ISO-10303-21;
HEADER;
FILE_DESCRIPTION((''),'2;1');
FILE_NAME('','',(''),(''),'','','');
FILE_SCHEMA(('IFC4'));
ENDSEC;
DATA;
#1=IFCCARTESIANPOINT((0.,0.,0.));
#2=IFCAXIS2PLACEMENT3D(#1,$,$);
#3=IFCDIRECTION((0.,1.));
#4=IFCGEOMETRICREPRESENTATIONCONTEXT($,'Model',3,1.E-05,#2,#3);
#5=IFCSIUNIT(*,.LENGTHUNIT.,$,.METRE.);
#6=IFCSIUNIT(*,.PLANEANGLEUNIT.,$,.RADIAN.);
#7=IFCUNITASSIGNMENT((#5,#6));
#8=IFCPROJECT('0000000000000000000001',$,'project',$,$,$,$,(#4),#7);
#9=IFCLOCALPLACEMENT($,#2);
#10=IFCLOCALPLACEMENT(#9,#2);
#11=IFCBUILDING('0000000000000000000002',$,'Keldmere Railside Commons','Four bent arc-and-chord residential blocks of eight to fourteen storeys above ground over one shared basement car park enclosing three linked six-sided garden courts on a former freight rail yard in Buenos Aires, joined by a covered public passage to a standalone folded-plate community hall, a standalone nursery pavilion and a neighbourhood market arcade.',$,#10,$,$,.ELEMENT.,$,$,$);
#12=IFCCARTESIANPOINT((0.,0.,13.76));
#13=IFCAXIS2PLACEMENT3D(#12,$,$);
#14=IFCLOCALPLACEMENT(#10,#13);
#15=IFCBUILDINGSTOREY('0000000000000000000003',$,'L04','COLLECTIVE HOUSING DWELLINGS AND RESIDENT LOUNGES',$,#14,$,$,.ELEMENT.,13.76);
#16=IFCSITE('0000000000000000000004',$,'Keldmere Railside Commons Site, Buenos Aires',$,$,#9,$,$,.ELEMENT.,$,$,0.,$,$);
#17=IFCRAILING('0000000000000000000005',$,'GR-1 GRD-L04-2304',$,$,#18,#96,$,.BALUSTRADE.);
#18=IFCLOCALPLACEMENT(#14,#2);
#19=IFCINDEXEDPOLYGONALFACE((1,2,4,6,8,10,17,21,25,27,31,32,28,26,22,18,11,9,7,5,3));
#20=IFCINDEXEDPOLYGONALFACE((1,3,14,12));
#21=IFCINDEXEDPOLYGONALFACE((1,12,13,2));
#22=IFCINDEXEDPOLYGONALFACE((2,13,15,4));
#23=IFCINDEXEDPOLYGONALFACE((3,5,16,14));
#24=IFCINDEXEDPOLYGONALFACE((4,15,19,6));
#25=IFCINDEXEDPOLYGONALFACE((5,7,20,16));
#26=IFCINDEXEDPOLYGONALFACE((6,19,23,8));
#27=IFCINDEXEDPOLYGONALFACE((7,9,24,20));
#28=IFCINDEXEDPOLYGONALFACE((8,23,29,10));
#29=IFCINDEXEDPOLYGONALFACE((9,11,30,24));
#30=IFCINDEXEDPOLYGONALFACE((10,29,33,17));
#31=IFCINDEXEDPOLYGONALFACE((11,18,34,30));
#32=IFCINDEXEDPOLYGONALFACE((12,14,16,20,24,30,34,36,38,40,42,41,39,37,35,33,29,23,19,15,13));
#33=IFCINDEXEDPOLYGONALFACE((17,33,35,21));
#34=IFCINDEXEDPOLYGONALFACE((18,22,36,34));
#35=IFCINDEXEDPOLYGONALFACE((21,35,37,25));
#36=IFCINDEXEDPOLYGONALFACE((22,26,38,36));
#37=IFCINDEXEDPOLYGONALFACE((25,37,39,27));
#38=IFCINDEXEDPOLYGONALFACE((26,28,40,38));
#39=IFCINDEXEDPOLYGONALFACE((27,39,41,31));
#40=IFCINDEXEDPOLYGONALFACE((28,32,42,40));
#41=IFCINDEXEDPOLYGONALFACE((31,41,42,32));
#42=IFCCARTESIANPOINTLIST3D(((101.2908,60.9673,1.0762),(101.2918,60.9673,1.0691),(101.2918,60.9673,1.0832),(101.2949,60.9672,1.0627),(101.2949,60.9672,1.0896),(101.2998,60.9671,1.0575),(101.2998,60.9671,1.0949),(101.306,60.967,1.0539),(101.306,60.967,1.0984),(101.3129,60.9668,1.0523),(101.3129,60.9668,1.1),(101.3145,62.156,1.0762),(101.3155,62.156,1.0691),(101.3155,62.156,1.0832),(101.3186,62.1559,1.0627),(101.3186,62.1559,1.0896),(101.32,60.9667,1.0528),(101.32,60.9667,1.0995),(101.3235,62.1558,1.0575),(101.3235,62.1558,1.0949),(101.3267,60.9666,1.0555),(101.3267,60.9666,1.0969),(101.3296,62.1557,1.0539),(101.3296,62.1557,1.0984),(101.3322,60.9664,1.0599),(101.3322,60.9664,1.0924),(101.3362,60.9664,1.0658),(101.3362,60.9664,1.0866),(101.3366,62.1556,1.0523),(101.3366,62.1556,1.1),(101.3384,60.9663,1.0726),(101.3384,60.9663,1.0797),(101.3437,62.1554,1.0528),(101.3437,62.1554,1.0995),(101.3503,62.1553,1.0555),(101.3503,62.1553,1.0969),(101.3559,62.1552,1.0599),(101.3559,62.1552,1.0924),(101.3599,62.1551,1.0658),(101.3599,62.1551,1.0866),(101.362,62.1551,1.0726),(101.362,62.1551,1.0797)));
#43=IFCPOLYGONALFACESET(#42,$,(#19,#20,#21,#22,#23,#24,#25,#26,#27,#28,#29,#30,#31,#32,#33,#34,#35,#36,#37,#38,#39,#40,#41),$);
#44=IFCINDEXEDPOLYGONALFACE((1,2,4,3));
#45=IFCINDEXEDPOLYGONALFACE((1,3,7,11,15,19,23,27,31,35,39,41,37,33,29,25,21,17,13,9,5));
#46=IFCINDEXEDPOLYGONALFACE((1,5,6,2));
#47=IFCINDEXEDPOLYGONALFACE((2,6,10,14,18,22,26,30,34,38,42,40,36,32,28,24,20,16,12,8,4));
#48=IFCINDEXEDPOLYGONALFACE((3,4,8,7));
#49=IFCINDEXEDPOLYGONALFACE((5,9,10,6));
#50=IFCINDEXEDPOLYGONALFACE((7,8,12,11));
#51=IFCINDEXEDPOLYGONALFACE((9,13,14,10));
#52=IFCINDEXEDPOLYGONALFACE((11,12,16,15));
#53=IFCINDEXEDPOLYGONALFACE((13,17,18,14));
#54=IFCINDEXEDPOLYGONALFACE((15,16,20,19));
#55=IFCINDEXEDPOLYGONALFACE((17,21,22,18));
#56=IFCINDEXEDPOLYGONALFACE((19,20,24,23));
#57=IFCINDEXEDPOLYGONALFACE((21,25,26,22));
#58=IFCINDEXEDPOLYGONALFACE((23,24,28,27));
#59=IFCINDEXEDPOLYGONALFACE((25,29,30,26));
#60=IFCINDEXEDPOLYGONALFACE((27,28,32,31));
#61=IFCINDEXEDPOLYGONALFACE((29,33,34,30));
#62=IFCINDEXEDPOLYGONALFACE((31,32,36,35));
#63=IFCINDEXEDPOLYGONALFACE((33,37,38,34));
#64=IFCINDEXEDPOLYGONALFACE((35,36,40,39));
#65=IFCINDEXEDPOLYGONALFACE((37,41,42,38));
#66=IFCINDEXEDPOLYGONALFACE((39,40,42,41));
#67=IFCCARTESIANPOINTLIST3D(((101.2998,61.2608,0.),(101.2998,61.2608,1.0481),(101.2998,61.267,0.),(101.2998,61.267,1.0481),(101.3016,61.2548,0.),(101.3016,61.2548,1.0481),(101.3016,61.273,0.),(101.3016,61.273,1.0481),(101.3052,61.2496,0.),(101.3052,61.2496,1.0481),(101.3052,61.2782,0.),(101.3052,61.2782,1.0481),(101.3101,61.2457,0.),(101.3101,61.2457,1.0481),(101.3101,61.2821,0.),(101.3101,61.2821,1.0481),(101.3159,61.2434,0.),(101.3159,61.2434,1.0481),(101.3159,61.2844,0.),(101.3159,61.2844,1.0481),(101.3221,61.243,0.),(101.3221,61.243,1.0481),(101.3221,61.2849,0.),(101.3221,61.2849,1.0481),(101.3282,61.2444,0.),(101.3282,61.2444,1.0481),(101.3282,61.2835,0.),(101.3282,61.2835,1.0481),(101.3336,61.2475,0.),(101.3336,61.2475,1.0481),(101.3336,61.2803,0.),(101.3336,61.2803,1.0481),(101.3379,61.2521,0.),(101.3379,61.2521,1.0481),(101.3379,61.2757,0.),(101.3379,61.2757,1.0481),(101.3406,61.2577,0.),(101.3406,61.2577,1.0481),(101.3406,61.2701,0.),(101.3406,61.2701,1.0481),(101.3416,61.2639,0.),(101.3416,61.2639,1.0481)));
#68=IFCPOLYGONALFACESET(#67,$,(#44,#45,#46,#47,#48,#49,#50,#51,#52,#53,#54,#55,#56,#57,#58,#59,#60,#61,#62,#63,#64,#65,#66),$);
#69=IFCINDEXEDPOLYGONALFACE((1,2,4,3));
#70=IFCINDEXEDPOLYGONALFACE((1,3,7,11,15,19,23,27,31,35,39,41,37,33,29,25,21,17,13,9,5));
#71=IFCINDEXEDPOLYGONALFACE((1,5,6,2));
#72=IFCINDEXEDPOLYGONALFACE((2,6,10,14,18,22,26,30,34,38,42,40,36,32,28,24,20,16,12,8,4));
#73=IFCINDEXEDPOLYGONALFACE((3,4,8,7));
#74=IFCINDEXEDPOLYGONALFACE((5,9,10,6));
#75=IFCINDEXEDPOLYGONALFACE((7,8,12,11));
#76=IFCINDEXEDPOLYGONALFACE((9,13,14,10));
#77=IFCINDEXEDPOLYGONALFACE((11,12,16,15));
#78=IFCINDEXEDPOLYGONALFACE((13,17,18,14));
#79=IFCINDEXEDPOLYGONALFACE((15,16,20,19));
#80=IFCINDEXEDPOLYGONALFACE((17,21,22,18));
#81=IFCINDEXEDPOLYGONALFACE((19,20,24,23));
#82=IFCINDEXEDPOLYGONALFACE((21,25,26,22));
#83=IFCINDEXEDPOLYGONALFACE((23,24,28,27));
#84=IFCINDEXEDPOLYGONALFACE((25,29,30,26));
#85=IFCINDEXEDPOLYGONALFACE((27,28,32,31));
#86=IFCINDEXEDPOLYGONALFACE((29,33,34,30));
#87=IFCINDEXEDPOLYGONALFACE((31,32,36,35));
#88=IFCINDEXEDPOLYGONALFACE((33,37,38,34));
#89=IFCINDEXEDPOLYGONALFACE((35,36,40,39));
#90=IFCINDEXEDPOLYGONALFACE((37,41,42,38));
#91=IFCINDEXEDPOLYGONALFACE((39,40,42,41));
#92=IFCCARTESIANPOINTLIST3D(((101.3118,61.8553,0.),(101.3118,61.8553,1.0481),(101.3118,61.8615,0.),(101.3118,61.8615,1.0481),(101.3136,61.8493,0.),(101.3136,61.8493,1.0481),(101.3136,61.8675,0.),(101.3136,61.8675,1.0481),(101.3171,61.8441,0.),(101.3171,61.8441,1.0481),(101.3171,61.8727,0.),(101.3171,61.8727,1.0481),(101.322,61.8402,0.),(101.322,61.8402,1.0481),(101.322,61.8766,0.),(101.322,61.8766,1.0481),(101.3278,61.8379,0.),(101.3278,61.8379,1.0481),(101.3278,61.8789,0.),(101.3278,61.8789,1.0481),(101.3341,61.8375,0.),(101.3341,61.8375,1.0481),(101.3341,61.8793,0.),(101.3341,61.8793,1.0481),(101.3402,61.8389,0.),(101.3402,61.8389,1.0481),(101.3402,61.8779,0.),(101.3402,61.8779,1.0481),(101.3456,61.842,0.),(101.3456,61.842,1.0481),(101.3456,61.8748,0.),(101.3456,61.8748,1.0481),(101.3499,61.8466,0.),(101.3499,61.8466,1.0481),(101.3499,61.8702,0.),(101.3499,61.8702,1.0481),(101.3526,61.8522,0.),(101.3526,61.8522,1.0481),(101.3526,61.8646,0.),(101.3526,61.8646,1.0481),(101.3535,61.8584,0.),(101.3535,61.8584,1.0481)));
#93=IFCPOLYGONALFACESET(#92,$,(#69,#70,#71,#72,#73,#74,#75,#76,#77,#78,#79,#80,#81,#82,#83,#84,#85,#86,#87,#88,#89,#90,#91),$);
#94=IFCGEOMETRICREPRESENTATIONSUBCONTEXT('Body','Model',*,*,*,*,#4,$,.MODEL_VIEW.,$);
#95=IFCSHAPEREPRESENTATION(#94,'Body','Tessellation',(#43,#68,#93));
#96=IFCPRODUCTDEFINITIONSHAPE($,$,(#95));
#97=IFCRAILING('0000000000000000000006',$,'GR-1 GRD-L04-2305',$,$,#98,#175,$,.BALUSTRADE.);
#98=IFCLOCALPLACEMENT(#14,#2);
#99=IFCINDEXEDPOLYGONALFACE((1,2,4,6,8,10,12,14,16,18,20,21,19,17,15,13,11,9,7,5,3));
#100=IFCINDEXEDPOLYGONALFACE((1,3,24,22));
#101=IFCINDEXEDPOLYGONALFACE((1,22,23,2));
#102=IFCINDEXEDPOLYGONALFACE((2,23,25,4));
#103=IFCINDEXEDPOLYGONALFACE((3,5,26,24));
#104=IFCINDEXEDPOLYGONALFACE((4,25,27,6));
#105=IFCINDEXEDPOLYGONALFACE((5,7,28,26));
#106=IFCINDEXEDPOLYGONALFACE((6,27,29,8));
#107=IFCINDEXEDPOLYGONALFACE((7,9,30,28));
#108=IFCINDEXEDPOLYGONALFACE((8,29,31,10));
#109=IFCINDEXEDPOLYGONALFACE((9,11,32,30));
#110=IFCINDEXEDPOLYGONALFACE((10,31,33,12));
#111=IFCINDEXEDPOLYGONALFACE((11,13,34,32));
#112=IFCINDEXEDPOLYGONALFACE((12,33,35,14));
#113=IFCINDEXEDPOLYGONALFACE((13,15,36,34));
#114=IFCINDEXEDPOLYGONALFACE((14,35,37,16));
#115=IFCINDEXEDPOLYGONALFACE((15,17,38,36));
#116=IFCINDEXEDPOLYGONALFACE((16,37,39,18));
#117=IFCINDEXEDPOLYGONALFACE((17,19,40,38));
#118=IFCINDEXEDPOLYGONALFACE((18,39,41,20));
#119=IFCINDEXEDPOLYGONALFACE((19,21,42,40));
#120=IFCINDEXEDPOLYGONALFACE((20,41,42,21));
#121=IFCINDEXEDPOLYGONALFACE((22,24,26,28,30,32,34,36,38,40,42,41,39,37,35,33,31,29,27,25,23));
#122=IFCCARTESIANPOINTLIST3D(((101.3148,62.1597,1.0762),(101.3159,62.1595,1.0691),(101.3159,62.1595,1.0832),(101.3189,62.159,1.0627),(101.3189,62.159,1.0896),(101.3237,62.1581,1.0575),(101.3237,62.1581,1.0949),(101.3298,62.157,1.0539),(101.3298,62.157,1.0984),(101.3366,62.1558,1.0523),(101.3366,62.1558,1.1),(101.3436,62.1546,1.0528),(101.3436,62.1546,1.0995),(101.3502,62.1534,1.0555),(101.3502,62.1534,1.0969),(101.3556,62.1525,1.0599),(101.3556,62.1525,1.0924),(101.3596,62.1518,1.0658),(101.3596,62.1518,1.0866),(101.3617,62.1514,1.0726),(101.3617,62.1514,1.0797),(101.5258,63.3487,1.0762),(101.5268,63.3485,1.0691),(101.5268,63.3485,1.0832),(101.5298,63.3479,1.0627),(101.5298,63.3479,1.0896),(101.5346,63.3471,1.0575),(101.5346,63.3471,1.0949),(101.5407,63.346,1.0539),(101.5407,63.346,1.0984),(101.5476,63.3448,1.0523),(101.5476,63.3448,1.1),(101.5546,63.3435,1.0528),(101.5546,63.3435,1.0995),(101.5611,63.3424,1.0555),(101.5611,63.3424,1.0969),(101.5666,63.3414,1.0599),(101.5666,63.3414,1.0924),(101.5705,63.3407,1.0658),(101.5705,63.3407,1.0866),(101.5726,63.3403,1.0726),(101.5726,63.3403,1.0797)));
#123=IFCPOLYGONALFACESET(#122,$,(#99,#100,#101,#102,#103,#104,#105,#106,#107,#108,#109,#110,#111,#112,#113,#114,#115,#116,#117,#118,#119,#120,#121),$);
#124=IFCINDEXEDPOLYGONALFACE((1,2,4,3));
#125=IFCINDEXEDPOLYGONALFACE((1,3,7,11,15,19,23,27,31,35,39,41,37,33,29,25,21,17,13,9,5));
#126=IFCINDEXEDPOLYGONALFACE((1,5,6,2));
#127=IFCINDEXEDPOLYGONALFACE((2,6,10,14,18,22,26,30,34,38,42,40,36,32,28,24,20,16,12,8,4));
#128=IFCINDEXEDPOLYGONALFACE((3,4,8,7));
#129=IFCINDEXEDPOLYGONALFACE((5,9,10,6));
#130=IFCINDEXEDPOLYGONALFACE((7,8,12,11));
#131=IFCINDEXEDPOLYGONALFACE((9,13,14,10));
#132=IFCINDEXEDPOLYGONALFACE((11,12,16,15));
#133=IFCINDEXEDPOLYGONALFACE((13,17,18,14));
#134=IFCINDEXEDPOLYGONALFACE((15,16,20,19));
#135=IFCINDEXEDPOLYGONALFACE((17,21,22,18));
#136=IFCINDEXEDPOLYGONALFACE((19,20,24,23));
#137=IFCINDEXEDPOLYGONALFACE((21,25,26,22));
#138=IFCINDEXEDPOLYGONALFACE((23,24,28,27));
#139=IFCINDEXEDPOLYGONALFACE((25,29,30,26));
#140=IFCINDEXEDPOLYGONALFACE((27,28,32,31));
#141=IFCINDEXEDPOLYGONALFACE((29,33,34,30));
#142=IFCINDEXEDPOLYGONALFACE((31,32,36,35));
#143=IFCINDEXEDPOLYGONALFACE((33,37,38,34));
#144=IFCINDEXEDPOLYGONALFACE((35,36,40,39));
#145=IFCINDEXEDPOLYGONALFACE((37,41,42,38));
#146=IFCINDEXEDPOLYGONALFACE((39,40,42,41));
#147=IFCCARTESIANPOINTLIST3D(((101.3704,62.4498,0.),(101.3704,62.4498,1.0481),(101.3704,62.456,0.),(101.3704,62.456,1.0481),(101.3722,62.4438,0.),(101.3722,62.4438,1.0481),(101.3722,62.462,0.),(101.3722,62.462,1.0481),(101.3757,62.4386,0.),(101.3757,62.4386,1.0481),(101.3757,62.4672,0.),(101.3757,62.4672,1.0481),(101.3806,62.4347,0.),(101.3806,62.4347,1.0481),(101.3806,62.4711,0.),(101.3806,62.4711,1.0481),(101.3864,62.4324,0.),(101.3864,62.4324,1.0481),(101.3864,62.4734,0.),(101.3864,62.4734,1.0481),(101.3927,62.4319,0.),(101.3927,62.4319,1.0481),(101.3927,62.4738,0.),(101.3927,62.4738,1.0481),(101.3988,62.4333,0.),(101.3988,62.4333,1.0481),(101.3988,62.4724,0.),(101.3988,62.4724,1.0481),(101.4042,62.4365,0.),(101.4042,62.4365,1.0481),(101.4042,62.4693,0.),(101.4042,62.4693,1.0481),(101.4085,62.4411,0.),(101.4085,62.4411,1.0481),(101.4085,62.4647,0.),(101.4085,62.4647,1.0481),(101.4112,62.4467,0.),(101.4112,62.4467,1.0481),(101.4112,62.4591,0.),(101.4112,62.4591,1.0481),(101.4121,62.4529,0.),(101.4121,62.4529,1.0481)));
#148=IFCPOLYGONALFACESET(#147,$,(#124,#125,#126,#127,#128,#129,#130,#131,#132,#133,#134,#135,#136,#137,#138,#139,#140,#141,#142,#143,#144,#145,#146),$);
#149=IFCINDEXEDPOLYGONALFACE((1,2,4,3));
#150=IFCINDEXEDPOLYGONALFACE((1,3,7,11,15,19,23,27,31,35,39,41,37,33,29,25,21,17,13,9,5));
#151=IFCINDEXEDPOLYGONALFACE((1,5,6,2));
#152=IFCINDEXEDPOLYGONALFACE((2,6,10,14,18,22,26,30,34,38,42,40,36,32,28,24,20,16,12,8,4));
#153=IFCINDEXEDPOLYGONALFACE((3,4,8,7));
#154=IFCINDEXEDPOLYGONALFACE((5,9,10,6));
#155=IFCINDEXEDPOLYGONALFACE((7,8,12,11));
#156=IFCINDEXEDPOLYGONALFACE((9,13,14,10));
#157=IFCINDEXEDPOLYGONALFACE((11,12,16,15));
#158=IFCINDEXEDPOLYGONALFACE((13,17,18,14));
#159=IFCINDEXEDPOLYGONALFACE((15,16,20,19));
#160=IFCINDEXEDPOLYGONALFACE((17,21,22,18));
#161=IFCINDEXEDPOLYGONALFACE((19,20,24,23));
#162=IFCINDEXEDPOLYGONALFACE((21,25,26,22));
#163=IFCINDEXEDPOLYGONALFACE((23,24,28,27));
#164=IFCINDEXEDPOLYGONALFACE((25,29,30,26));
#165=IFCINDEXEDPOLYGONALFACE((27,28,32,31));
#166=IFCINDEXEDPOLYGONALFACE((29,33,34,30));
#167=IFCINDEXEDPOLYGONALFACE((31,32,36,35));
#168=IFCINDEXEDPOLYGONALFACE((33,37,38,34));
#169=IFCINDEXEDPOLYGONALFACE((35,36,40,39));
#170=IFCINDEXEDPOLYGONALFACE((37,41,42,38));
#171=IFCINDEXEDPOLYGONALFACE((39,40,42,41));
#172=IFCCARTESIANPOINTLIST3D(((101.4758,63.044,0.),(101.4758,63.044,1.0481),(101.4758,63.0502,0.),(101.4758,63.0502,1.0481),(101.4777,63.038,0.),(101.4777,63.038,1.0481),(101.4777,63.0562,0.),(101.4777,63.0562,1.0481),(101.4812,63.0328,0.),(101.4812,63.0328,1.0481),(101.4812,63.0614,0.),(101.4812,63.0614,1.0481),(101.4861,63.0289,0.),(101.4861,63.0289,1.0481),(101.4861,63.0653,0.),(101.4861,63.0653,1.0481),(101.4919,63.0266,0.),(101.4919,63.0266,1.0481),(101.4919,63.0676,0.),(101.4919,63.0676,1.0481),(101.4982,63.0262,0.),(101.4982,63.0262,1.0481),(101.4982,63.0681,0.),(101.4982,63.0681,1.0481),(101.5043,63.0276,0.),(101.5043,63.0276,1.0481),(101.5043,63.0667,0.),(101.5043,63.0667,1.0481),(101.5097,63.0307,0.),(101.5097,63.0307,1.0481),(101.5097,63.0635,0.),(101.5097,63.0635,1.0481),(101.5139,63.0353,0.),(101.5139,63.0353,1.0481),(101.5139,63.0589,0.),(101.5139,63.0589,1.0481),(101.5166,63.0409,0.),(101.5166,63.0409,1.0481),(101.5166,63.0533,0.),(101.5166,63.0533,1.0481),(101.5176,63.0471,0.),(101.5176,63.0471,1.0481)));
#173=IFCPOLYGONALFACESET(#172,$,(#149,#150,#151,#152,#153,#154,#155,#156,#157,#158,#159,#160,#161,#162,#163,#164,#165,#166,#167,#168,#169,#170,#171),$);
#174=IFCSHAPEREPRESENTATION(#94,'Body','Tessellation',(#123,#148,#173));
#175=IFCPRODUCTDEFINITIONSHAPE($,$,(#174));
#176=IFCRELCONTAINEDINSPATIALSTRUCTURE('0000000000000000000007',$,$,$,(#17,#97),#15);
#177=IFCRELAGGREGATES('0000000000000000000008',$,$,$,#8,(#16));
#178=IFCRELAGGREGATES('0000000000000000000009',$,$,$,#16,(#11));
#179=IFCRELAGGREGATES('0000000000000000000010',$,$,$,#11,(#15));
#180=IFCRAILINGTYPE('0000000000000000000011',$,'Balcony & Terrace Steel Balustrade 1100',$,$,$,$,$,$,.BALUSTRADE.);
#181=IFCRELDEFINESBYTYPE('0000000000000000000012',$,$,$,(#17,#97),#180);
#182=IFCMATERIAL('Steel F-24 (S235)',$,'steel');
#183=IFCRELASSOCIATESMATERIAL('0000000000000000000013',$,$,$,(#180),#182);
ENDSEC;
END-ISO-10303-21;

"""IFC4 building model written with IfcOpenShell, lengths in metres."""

from ifc_helpers import new_model, si_unit, direction, frame, origin, origin_2d, place, context, subcontext, project, spatial, circle, extrude, material, type_object, element, save


model = new_model("IFC4")

# Units and contexts
model_context = context("Model", 3, precision=1e-05, world=origin(), true_north=direction((0.0, 1.0)))
body_context = subcontext(model_context, "Body", "Model", "MODEL_VIEW")
ifc_project = project(units=[si_unit("LENGTHUNIT", "METRE"), si_unit("PLANEANGLEUNIT", "RADIAN")], contexts=[model_context])

# Site, building, storey
site_placement = place(None, origin())
site = spatial("IfcSite", under=ifc_project, at=site_placement, Name="Keldmere Railside Commons Site, Buenos Aires", CompositionType="ELEMENT", RefElevation=0.0)
building_placement = place(site_placement, origin())
building = spatial("IfcBuilding", under=site, at=building_placement, Name="Keldmere Railside Commons", Description="Four bent arc-and-chord residential blocks of eight to fourteen storeys above ground over one shared basement car park enclosing three linked six-sided garden courts on a former freight rail yard in Buenos Aires, joined by a covered public passage to a standalone folded-plate community hall, a standalone nursery pavilion and a neighbourhood market arcade.", CompositionType="ELEMENT")
storey_placement = place(building_placement, frame((0.0, 0.0, 13.76)))
storey = spatial("IfcBuildingStorey", under=building, at=storey_placement, Name="L04", Description="COLLECTIVE HOUSING DWELLINGS AND RESIDENT LOUNGES", CompositionType="ELEMENT", Elevation=13.76)

# Railings
ifc_material_1 = material(Name="Steel F-24 (S235)", Category="steel")
railing_type = type_object("IfcRailingType", Name="Balcony & Terrace Steel Balustrade 1100", PredefinedType="BALUSTRADE", material=ifc_material_1)
railing_1_placement = place(storey_placement, frame((101.3147, 60.9668, 0.0)))
element("IfcRailing", 1, at=railing_1_placement, inside=storey, type_object=railing_type, Name="GR-1 GRD-L04-2304", PredefinedType="BALUSTRADE", context=body_context, shape_type="SweptSolid", body=[
    extrude(circle(Radius=0.0239, at=origin_2d()), frame((0.0, 0.0, 1.0762), z_axis=(0.019918, 0.999802, 0.0), x_axis=(-0.999802, 0.019918, 0.0)), (0.0, 0.0, 1.0), 1.189),
    extrude(circle(Radius=0.021, at=origin_2d()), frame((0.0059, 0.2971, 0.0)), (0.0, 0.0, 1.0), 1.0481),
    extrude(circle(Radius=0.021, at=origin_2d()), frame((0.0178, 0.8916, 0.0)), (0.0, 0.0, 1.0), 1.0481),
])
railing_2_placement = place(storey_placement, frame((101.3384, 62.1555, 0.0)))
element("IfcRailing", 2, at=railing_2_placement, inside=storey, type_object=railing_type, Name="GR-1 GRD-L04-2305", PredefinedType="BALUSTRADE", context=body_context, shape_type="SweptSolid", body=[
    extrude(circle(Radius=0.0239, at=origin_2d()), frame((0.0, 0.0, 1.0762), z_axis=(0.174685, 0.984624, 0.0), x_axis=(-0.984624, 0.174685, 0.0)), (0.0, 0.0, 1.0), 1.2075),
    extrude(circle(Radius=0.021, at=origin_2d()), frame((0.0527, 0.2974, 0.0)), (0.0, 0.0, 1.0), 1.0481),
    extrude(circle(Radius=0.021, at=origin_2d()), frame((0.1582, 0.8916, 0.0)), (0.0, 0.0, 1.0), 1.0481),
])

save(model, "model.ifc")
